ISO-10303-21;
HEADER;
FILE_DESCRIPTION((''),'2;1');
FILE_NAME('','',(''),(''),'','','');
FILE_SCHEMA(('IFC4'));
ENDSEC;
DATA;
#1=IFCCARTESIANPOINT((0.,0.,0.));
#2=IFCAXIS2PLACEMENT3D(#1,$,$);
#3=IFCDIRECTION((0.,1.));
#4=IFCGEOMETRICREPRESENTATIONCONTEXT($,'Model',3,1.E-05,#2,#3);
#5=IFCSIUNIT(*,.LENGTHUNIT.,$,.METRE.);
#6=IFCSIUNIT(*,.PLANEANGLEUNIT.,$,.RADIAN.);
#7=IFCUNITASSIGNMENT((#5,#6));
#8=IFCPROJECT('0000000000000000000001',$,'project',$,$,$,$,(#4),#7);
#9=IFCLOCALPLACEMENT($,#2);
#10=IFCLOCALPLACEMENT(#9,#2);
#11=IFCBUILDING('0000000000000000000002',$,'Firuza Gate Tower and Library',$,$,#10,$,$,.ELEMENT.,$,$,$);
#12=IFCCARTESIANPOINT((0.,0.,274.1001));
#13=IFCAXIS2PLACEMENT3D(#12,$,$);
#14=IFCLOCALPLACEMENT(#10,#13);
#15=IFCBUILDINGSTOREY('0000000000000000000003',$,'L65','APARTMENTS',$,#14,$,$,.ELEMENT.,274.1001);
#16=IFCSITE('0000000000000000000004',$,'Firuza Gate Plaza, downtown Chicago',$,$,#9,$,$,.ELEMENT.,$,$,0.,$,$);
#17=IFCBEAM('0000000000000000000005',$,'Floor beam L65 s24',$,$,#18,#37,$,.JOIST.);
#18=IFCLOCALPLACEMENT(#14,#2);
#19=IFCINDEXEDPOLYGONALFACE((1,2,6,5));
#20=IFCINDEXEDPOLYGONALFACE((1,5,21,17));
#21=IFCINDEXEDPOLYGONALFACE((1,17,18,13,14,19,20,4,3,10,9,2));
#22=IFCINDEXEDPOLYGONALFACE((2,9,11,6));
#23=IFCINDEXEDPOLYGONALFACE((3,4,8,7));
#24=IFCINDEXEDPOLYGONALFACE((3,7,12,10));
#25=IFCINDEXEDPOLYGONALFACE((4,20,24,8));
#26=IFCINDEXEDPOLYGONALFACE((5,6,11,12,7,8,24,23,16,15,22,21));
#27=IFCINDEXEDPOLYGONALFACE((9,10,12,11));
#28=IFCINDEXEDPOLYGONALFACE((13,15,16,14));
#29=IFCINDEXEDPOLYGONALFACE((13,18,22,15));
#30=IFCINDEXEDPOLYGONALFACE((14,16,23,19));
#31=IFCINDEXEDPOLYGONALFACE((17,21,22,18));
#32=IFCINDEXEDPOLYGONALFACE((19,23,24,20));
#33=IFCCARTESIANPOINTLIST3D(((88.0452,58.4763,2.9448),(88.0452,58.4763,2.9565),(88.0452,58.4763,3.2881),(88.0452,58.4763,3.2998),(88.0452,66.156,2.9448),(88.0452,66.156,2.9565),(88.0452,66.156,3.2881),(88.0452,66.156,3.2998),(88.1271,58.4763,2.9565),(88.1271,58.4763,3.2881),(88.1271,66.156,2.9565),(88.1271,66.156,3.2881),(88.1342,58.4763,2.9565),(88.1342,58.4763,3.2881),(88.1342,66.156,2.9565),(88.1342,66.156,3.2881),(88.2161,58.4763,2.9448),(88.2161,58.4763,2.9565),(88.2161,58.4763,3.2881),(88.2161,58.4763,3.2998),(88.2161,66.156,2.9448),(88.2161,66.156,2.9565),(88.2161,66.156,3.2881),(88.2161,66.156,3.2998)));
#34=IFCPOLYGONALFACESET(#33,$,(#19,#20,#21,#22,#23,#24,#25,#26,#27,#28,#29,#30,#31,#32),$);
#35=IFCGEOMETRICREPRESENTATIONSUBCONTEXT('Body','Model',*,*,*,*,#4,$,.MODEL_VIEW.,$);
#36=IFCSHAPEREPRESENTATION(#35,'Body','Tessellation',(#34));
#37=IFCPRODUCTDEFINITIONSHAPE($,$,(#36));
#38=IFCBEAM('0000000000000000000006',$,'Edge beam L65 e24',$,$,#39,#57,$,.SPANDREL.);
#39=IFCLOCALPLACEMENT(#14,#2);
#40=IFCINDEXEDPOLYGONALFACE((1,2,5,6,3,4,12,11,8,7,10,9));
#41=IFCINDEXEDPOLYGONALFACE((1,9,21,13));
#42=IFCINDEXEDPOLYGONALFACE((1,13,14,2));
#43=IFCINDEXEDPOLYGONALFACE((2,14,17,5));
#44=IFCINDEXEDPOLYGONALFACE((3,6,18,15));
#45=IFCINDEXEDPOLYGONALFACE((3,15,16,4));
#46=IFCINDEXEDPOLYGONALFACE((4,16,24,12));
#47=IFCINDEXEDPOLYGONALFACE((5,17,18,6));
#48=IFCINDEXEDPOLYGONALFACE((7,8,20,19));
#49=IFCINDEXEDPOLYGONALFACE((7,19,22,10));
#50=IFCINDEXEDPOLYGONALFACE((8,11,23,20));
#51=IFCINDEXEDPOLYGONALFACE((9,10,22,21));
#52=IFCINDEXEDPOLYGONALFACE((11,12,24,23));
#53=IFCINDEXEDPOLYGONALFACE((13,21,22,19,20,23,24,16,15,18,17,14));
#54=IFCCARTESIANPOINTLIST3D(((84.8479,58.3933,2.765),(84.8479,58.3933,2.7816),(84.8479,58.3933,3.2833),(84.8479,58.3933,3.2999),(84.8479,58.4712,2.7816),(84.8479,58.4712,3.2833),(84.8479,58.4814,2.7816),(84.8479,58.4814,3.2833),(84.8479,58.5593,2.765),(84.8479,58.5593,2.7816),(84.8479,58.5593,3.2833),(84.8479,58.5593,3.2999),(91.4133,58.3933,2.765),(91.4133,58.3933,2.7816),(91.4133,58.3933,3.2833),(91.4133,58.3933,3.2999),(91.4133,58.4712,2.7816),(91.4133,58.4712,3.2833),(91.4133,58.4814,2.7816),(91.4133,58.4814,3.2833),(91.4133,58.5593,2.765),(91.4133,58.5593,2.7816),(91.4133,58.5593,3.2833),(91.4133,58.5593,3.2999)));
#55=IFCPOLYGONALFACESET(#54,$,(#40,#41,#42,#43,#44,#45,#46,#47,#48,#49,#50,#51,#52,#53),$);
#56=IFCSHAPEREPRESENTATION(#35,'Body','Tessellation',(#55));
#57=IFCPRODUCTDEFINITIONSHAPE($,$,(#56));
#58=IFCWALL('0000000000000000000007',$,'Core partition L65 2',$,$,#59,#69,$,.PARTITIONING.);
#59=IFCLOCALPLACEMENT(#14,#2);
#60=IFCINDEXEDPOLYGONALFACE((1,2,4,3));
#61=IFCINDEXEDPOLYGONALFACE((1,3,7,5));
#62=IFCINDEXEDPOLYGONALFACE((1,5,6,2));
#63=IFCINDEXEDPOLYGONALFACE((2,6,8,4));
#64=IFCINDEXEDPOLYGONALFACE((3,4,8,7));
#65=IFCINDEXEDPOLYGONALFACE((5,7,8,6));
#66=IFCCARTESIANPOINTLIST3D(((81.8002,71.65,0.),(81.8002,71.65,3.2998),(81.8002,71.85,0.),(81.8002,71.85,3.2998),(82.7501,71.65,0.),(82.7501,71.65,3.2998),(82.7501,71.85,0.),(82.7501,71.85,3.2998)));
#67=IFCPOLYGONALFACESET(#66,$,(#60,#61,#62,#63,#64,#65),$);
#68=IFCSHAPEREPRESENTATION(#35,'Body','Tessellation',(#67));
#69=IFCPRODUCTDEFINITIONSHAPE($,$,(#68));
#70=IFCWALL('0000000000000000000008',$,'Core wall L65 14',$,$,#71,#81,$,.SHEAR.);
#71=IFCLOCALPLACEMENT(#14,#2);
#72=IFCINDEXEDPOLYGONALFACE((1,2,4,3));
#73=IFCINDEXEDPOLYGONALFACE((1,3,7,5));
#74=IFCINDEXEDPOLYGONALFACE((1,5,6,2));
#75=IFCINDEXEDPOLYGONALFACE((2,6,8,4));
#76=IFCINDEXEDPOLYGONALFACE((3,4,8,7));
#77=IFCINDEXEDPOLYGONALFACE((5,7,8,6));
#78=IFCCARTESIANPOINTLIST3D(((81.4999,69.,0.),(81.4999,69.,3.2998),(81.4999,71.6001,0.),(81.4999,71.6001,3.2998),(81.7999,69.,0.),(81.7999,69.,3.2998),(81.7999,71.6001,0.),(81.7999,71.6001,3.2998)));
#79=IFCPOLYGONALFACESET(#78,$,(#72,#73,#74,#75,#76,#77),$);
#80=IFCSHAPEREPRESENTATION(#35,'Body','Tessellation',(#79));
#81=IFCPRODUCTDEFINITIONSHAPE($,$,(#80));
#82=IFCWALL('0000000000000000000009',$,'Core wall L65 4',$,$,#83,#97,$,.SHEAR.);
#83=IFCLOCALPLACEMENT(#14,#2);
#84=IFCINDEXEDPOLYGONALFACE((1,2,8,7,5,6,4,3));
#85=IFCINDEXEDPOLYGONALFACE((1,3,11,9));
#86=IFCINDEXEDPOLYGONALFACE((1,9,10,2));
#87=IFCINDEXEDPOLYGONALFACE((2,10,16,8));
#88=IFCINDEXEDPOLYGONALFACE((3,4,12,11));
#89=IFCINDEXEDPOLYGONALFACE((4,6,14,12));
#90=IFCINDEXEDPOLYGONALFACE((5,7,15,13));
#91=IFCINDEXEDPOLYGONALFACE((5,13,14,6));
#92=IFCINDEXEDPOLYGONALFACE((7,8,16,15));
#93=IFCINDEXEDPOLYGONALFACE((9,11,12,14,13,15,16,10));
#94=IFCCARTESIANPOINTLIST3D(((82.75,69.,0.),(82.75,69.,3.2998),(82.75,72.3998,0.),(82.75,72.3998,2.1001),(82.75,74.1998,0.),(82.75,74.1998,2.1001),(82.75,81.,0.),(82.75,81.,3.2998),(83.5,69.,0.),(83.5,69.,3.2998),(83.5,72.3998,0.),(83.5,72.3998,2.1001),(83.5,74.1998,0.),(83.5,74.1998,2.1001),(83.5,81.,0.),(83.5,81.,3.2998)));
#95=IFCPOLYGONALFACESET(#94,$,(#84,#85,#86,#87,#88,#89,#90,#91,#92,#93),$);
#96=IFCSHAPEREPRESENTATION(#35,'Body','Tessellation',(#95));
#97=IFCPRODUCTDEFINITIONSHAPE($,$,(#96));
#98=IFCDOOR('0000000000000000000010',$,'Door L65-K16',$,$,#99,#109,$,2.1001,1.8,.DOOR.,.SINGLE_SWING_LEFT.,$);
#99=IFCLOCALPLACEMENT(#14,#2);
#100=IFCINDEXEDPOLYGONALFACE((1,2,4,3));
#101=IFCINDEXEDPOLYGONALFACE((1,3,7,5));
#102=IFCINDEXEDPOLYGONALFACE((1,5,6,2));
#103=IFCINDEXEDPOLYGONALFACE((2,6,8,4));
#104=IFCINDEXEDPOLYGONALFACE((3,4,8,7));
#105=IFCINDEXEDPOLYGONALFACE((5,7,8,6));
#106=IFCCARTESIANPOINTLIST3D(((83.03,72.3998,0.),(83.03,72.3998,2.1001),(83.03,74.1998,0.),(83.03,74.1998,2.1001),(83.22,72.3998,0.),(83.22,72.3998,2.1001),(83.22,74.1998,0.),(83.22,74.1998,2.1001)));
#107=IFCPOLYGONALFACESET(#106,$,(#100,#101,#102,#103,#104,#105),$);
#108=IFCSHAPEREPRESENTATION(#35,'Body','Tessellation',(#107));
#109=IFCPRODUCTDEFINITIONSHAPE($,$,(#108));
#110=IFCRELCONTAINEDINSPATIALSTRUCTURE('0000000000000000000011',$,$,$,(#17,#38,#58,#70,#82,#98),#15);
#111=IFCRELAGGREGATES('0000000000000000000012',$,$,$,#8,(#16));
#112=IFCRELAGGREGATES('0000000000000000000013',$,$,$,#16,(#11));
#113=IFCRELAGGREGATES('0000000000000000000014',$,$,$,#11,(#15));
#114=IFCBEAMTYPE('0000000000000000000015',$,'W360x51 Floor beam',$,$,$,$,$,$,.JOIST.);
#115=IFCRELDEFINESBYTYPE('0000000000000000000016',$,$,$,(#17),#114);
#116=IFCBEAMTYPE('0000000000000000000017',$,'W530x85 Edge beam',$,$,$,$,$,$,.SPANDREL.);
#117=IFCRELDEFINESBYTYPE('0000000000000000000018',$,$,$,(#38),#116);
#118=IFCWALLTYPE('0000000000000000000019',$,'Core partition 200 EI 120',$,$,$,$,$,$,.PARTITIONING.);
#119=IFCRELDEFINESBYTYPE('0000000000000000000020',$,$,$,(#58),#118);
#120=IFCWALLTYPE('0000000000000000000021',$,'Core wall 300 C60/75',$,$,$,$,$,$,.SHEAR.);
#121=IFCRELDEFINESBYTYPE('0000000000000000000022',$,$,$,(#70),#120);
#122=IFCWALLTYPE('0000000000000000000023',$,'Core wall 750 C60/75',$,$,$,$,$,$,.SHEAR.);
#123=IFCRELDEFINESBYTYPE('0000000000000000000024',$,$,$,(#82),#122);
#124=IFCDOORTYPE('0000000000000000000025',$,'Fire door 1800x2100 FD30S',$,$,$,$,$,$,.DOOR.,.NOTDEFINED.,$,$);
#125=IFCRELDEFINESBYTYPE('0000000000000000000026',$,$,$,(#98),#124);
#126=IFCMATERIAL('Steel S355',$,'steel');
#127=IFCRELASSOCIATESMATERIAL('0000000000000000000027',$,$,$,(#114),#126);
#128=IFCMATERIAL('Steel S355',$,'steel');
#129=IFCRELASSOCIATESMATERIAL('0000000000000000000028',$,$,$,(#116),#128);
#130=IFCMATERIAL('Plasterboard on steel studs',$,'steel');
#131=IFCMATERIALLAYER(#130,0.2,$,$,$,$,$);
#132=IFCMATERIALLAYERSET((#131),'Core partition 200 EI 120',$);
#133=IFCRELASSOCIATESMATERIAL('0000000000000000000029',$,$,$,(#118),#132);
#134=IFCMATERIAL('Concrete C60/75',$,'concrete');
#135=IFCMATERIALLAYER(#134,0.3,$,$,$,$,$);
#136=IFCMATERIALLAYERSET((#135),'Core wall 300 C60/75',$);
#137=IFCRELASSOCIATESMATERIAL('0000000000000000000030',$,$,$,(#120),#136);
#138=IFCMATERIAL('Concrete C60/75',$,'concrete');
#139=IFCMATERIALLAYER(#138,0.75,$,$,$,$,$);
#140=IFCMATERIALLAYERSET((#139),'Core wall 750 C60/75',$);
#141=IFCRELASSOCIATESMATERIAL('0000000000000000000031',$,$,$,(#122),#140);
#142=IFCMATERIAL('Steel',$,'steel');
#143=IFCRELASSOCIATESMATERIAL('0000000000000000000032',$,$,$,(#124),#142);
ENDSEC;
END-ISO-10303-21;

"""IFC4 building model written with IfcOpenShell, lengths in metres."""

from ifc_helpers import new_model, si_unit, direction, frame, frame_2d, origin, origin_2d, place, context, subcontext, project, spatial, rectangle, i_section, extrude, material, layer, layer_set, material_profile, profile_set, type_object, element, fill, save


model = new_model("IFC4")

# Units and contexts
model_context = context("Model", 3, precision=1e-05, world=origin(), true_north=direction((0.0, 1.0)))
body_context = subcontext(model_context, "Body", "Model", "MODEL_VIEW")
ifc_project = project(units=[si_unit("LENGTHUNIT", "METRE"), si_unit("PLANEANGLEUNIT", "RADIAN")], contexts=[model_context])

# Site, building, storey
site_placement = place(None, origin())
site = spatial("IfcSite", under=ifc_project, at=site_placement, Name="Firuza Gate Plaza, downtown Chicago", CompositionType="ELEMENT", RefElevation=0.0)
building_placement = place(site_placement, origin())
building = spatial("IfcBuilding", under=site, at=building_placement, Name="Firuza Gate Tower and Library", CompositionType="ELEMENT")
storey_placement = place(building_placement, frame((0.0, 0.0, 274.1001)))
storey = spatial("IfcBuildingStorey", under=building, at=storey_placement, Name="L65", Description="APARTMENTS", CompositionType="ELEMENT", Elevation=274.1001)

# Beams
ifc_material_1 = material(Name="Steel S355", Category="steel")
ifc_material_profile_1 = material_profile(ifc_material_1, i_section(OverallWidth=0.1709, OverallDepth=0.355, WebThickness=0.0071, FlangeThickness=0.0117, at=origin_2d()))
ifc_profile_set_1 = profile_set([ifc_material_profile_1], Name="Steel S355")
beam_type_1 = type_object("IfcBeamType", Name="W360x51 Floor beam", PredefinedType="JOIST", material=ifc_profile_set_1)
beam_1_placement = place(storey_placement, frame((88.1306, 58.4763, 3.1223), z_axis=(0.0, 1.0, 0.0), x_axis=(-1.0, 0.0, 0.0)))
element("IfcBeam", 1, at=beam_1_placement, inside=storey, type_object=beam_type_1, Name="Floor beam L65 s24", PredefinedType="JOIST", context=body_context, shape_type="SweptSolid", body=[
    extrude(i_section(OverallWidth=0.1709, OverallDepth=0.355, WebThickness=0.0071, FlangeThickness=0.0117, at=origin_2d()), origin(), (0.0, 0.0, 1.0), 7.6797),
])
ifc_material_2 = material(Name="Steel S355", Category="steel")
ifc_material_profile_2 = material_profile(ifc_material_2, i_section(OverallWidth=0.166, OverallDepth=0.5349, WebThickness=0.0103, FlangeThickness=0.0166, at=origin_2d()))
ifc_profile_set_2 = profile_set([ifc_material_profile_2], Name="Steel S355")
beam_type_2 = type_object("IfcBeamType", Name="W530x85 Edge beam", PredefinedType="SPANDREL", material=ifc_profile_set_2)
beam_2_placement = place(storey_placement, frame((84.8479, 58.4763, 3.0325), z_axis=(1.0, 0.0, 0.0), x_axis=(0.0, 1.0, 0.0)))
element("IfcBeam", 2, at=beam_2_placement, inside=storey, type_object=beam_type_2, Name="Edge beam L65 e24", PredefinedType="SPANDREL", context=body_context, shape_type="SweptSolid", body=[
    extrude(i_section(OverallWidth=0.166, OverallDepth=0.5349, WebThickness=0.0103, FlangeThickness=0.0166, at=origin_2d()), origin(), (0.0, 0.0, 1.0), 6.5654),
])

# Walls
ifc_material_3 = material(Name="Plasterboard on steel studs", Category="steel")
ifc_layer_1 = layer(ifc_material_3, 0.2)
ifc_layer_set_1 = layer_set([ifc_layer_1], Name="Core partition 200 EI 120")
wall_type_1 = type_object("IfcWallType", Name="Core partition 200 EI 120", PredefinedType="PARTITIONING", material=ifc_layer_set_1)
wall_1_placement = place(storey_placement, frame((81.8, 71.75, 0.0), z_axis=(0.0, 0.0, 1.0), x_axis=(1.0, 0.0, 0.0)))
element("IfcWall", 3, at=wall_1_placement, inside=storey, type_object=wall_type_1, Name="Core partition L65 2", PredefinedType="PARTITIONING", context=body_context, shape_type="SweptSolid", body=[
    extrude(rectangle(XDim=0.95, YDim=0.2, at=frame_2d((0.4751, 0.0))), origin(), (0.0, 0.0, 1.0), 3.2998),
])
ifc_material_4 = material(Name="Concrete C60/75", Category="concrete")
ifc_layer_2 = layer(ifc_material_4, 0.3)
ifc_layer_set_2 = layer_set([ifc_layer_2], Name="Core wall 300 C60/75")
wall_type_2 = type_object("IfcWallType", Name="Core wall 300 C60/75", PredefinedType="SHEAR", material=ifc_layer_set_2)
wall_2_placement = place(storey_placement, frame((81.6499, 69.0, 0.0), z_axis=(0.0, 0.0, 1.0), x_axis=(0.0, 1.0, 0.0)))
element("IfcWall", 4, at=wall_2_placement, inside=storey, type_object=wall_type_2, Name="Core wall L65 14", PredefinedType="SHEAR", context=body_context, shape_type="SweptSolid", body=[
    extrude(rectangle(XDim=2.6001, YDim=0.3, at=frame_2d((1.3, 0.0))), origin(), (0.0, 0.0, 1.0), 3.2998),
])

# Wall, opening, door
ifc_material_5 = material(Name="Concrete C60/75", Category="concrete")
ifc_layer_3 = layer(ifc_material_5, 0.75)
ifc_layer_set_3 = layer_set([ifc_layer_3], Name="Core wall 750 C60/75")
wall_type_3 = type_object("IfcWallType", Name="Core wall 750 C60/75", PredefinedType="SHEAR", material=ifc_layer_set_3)
wall_3_placement = place(storey_placement, frame((83.125, 69.0, 0.0), z_axis=(0.0, 0.0, 1.0), x_axis=(0.0, 1.0, 0.0)))
wall_3 = element("IfcWall", 5, at=wall_3_placement, inside=storey, type_object=wall_type_3, Name="Core wall L65 4", PredefinedType="SHEAR", context=body_context, shape_type="SweptSolid", body=[
    extrude(rectangle(XDim=12.0, YDim=0.75, at=frame_2d((6.0, 0.0))), origin(), (0.0, 0.0, 1.0), 3.2998),
])
opening_1_placement = place(wall_3_placement, frame((3.3999, 0.0, 0.0)))
opening_1 = element("IfcOpeningElement", 6, at=opening_1_placement, cuts=wall_3, PredefinedType="OPENING", context=body_context, shape_type="SweptSolid", body=[
    extrude(rectangle(XDim=1.8, YDim=2.1001, at=frame_2d((0.8999, 1.05))), frame((0.0, 0.385, 0.0), z_axis=(0.0, -1.0, 0.0), x_axis=(1.0, 0.0, 0.0)), (0.0, 0.0, 1.0), 0.77),
])
ifc_material_6 = material(Name="Steel", Category="steel")
door_type_1 = type_object("IfcDoorType", Name="Fire door 1800x2100 FD30S", OperationType="NOTDEFINED", PredefinedType="DOOR", material=ifc_material_6)
door_1_placement = place(opening_1_placement, origin())
door_1 = element("IfcDoor", 7, at=door_1_placement, inside=storey, type_object=door_type_1, Name="Door L65-K16", OperationType="SINGLE_SWING_LEFT", OverallHeight=2.1001, OverallWidth=1.8, PredefinedType="DOOR", context=body_context, shape_type="SweptSolid", body=[
    extrude(rectangle(XDim=1.8, YDim=2.1001, at=frame_2d((0.8999, 1.05))), frame((0.0, 0.095, 0.0), z_axis=(0.0, -1.0, 0.0), x_axis=(1.0, 0.0, 0.0)), (0.0, 0.0, 1.0), 0.1899),
])
fill(opening_1, door_1)

save(model, "model.ifc")
